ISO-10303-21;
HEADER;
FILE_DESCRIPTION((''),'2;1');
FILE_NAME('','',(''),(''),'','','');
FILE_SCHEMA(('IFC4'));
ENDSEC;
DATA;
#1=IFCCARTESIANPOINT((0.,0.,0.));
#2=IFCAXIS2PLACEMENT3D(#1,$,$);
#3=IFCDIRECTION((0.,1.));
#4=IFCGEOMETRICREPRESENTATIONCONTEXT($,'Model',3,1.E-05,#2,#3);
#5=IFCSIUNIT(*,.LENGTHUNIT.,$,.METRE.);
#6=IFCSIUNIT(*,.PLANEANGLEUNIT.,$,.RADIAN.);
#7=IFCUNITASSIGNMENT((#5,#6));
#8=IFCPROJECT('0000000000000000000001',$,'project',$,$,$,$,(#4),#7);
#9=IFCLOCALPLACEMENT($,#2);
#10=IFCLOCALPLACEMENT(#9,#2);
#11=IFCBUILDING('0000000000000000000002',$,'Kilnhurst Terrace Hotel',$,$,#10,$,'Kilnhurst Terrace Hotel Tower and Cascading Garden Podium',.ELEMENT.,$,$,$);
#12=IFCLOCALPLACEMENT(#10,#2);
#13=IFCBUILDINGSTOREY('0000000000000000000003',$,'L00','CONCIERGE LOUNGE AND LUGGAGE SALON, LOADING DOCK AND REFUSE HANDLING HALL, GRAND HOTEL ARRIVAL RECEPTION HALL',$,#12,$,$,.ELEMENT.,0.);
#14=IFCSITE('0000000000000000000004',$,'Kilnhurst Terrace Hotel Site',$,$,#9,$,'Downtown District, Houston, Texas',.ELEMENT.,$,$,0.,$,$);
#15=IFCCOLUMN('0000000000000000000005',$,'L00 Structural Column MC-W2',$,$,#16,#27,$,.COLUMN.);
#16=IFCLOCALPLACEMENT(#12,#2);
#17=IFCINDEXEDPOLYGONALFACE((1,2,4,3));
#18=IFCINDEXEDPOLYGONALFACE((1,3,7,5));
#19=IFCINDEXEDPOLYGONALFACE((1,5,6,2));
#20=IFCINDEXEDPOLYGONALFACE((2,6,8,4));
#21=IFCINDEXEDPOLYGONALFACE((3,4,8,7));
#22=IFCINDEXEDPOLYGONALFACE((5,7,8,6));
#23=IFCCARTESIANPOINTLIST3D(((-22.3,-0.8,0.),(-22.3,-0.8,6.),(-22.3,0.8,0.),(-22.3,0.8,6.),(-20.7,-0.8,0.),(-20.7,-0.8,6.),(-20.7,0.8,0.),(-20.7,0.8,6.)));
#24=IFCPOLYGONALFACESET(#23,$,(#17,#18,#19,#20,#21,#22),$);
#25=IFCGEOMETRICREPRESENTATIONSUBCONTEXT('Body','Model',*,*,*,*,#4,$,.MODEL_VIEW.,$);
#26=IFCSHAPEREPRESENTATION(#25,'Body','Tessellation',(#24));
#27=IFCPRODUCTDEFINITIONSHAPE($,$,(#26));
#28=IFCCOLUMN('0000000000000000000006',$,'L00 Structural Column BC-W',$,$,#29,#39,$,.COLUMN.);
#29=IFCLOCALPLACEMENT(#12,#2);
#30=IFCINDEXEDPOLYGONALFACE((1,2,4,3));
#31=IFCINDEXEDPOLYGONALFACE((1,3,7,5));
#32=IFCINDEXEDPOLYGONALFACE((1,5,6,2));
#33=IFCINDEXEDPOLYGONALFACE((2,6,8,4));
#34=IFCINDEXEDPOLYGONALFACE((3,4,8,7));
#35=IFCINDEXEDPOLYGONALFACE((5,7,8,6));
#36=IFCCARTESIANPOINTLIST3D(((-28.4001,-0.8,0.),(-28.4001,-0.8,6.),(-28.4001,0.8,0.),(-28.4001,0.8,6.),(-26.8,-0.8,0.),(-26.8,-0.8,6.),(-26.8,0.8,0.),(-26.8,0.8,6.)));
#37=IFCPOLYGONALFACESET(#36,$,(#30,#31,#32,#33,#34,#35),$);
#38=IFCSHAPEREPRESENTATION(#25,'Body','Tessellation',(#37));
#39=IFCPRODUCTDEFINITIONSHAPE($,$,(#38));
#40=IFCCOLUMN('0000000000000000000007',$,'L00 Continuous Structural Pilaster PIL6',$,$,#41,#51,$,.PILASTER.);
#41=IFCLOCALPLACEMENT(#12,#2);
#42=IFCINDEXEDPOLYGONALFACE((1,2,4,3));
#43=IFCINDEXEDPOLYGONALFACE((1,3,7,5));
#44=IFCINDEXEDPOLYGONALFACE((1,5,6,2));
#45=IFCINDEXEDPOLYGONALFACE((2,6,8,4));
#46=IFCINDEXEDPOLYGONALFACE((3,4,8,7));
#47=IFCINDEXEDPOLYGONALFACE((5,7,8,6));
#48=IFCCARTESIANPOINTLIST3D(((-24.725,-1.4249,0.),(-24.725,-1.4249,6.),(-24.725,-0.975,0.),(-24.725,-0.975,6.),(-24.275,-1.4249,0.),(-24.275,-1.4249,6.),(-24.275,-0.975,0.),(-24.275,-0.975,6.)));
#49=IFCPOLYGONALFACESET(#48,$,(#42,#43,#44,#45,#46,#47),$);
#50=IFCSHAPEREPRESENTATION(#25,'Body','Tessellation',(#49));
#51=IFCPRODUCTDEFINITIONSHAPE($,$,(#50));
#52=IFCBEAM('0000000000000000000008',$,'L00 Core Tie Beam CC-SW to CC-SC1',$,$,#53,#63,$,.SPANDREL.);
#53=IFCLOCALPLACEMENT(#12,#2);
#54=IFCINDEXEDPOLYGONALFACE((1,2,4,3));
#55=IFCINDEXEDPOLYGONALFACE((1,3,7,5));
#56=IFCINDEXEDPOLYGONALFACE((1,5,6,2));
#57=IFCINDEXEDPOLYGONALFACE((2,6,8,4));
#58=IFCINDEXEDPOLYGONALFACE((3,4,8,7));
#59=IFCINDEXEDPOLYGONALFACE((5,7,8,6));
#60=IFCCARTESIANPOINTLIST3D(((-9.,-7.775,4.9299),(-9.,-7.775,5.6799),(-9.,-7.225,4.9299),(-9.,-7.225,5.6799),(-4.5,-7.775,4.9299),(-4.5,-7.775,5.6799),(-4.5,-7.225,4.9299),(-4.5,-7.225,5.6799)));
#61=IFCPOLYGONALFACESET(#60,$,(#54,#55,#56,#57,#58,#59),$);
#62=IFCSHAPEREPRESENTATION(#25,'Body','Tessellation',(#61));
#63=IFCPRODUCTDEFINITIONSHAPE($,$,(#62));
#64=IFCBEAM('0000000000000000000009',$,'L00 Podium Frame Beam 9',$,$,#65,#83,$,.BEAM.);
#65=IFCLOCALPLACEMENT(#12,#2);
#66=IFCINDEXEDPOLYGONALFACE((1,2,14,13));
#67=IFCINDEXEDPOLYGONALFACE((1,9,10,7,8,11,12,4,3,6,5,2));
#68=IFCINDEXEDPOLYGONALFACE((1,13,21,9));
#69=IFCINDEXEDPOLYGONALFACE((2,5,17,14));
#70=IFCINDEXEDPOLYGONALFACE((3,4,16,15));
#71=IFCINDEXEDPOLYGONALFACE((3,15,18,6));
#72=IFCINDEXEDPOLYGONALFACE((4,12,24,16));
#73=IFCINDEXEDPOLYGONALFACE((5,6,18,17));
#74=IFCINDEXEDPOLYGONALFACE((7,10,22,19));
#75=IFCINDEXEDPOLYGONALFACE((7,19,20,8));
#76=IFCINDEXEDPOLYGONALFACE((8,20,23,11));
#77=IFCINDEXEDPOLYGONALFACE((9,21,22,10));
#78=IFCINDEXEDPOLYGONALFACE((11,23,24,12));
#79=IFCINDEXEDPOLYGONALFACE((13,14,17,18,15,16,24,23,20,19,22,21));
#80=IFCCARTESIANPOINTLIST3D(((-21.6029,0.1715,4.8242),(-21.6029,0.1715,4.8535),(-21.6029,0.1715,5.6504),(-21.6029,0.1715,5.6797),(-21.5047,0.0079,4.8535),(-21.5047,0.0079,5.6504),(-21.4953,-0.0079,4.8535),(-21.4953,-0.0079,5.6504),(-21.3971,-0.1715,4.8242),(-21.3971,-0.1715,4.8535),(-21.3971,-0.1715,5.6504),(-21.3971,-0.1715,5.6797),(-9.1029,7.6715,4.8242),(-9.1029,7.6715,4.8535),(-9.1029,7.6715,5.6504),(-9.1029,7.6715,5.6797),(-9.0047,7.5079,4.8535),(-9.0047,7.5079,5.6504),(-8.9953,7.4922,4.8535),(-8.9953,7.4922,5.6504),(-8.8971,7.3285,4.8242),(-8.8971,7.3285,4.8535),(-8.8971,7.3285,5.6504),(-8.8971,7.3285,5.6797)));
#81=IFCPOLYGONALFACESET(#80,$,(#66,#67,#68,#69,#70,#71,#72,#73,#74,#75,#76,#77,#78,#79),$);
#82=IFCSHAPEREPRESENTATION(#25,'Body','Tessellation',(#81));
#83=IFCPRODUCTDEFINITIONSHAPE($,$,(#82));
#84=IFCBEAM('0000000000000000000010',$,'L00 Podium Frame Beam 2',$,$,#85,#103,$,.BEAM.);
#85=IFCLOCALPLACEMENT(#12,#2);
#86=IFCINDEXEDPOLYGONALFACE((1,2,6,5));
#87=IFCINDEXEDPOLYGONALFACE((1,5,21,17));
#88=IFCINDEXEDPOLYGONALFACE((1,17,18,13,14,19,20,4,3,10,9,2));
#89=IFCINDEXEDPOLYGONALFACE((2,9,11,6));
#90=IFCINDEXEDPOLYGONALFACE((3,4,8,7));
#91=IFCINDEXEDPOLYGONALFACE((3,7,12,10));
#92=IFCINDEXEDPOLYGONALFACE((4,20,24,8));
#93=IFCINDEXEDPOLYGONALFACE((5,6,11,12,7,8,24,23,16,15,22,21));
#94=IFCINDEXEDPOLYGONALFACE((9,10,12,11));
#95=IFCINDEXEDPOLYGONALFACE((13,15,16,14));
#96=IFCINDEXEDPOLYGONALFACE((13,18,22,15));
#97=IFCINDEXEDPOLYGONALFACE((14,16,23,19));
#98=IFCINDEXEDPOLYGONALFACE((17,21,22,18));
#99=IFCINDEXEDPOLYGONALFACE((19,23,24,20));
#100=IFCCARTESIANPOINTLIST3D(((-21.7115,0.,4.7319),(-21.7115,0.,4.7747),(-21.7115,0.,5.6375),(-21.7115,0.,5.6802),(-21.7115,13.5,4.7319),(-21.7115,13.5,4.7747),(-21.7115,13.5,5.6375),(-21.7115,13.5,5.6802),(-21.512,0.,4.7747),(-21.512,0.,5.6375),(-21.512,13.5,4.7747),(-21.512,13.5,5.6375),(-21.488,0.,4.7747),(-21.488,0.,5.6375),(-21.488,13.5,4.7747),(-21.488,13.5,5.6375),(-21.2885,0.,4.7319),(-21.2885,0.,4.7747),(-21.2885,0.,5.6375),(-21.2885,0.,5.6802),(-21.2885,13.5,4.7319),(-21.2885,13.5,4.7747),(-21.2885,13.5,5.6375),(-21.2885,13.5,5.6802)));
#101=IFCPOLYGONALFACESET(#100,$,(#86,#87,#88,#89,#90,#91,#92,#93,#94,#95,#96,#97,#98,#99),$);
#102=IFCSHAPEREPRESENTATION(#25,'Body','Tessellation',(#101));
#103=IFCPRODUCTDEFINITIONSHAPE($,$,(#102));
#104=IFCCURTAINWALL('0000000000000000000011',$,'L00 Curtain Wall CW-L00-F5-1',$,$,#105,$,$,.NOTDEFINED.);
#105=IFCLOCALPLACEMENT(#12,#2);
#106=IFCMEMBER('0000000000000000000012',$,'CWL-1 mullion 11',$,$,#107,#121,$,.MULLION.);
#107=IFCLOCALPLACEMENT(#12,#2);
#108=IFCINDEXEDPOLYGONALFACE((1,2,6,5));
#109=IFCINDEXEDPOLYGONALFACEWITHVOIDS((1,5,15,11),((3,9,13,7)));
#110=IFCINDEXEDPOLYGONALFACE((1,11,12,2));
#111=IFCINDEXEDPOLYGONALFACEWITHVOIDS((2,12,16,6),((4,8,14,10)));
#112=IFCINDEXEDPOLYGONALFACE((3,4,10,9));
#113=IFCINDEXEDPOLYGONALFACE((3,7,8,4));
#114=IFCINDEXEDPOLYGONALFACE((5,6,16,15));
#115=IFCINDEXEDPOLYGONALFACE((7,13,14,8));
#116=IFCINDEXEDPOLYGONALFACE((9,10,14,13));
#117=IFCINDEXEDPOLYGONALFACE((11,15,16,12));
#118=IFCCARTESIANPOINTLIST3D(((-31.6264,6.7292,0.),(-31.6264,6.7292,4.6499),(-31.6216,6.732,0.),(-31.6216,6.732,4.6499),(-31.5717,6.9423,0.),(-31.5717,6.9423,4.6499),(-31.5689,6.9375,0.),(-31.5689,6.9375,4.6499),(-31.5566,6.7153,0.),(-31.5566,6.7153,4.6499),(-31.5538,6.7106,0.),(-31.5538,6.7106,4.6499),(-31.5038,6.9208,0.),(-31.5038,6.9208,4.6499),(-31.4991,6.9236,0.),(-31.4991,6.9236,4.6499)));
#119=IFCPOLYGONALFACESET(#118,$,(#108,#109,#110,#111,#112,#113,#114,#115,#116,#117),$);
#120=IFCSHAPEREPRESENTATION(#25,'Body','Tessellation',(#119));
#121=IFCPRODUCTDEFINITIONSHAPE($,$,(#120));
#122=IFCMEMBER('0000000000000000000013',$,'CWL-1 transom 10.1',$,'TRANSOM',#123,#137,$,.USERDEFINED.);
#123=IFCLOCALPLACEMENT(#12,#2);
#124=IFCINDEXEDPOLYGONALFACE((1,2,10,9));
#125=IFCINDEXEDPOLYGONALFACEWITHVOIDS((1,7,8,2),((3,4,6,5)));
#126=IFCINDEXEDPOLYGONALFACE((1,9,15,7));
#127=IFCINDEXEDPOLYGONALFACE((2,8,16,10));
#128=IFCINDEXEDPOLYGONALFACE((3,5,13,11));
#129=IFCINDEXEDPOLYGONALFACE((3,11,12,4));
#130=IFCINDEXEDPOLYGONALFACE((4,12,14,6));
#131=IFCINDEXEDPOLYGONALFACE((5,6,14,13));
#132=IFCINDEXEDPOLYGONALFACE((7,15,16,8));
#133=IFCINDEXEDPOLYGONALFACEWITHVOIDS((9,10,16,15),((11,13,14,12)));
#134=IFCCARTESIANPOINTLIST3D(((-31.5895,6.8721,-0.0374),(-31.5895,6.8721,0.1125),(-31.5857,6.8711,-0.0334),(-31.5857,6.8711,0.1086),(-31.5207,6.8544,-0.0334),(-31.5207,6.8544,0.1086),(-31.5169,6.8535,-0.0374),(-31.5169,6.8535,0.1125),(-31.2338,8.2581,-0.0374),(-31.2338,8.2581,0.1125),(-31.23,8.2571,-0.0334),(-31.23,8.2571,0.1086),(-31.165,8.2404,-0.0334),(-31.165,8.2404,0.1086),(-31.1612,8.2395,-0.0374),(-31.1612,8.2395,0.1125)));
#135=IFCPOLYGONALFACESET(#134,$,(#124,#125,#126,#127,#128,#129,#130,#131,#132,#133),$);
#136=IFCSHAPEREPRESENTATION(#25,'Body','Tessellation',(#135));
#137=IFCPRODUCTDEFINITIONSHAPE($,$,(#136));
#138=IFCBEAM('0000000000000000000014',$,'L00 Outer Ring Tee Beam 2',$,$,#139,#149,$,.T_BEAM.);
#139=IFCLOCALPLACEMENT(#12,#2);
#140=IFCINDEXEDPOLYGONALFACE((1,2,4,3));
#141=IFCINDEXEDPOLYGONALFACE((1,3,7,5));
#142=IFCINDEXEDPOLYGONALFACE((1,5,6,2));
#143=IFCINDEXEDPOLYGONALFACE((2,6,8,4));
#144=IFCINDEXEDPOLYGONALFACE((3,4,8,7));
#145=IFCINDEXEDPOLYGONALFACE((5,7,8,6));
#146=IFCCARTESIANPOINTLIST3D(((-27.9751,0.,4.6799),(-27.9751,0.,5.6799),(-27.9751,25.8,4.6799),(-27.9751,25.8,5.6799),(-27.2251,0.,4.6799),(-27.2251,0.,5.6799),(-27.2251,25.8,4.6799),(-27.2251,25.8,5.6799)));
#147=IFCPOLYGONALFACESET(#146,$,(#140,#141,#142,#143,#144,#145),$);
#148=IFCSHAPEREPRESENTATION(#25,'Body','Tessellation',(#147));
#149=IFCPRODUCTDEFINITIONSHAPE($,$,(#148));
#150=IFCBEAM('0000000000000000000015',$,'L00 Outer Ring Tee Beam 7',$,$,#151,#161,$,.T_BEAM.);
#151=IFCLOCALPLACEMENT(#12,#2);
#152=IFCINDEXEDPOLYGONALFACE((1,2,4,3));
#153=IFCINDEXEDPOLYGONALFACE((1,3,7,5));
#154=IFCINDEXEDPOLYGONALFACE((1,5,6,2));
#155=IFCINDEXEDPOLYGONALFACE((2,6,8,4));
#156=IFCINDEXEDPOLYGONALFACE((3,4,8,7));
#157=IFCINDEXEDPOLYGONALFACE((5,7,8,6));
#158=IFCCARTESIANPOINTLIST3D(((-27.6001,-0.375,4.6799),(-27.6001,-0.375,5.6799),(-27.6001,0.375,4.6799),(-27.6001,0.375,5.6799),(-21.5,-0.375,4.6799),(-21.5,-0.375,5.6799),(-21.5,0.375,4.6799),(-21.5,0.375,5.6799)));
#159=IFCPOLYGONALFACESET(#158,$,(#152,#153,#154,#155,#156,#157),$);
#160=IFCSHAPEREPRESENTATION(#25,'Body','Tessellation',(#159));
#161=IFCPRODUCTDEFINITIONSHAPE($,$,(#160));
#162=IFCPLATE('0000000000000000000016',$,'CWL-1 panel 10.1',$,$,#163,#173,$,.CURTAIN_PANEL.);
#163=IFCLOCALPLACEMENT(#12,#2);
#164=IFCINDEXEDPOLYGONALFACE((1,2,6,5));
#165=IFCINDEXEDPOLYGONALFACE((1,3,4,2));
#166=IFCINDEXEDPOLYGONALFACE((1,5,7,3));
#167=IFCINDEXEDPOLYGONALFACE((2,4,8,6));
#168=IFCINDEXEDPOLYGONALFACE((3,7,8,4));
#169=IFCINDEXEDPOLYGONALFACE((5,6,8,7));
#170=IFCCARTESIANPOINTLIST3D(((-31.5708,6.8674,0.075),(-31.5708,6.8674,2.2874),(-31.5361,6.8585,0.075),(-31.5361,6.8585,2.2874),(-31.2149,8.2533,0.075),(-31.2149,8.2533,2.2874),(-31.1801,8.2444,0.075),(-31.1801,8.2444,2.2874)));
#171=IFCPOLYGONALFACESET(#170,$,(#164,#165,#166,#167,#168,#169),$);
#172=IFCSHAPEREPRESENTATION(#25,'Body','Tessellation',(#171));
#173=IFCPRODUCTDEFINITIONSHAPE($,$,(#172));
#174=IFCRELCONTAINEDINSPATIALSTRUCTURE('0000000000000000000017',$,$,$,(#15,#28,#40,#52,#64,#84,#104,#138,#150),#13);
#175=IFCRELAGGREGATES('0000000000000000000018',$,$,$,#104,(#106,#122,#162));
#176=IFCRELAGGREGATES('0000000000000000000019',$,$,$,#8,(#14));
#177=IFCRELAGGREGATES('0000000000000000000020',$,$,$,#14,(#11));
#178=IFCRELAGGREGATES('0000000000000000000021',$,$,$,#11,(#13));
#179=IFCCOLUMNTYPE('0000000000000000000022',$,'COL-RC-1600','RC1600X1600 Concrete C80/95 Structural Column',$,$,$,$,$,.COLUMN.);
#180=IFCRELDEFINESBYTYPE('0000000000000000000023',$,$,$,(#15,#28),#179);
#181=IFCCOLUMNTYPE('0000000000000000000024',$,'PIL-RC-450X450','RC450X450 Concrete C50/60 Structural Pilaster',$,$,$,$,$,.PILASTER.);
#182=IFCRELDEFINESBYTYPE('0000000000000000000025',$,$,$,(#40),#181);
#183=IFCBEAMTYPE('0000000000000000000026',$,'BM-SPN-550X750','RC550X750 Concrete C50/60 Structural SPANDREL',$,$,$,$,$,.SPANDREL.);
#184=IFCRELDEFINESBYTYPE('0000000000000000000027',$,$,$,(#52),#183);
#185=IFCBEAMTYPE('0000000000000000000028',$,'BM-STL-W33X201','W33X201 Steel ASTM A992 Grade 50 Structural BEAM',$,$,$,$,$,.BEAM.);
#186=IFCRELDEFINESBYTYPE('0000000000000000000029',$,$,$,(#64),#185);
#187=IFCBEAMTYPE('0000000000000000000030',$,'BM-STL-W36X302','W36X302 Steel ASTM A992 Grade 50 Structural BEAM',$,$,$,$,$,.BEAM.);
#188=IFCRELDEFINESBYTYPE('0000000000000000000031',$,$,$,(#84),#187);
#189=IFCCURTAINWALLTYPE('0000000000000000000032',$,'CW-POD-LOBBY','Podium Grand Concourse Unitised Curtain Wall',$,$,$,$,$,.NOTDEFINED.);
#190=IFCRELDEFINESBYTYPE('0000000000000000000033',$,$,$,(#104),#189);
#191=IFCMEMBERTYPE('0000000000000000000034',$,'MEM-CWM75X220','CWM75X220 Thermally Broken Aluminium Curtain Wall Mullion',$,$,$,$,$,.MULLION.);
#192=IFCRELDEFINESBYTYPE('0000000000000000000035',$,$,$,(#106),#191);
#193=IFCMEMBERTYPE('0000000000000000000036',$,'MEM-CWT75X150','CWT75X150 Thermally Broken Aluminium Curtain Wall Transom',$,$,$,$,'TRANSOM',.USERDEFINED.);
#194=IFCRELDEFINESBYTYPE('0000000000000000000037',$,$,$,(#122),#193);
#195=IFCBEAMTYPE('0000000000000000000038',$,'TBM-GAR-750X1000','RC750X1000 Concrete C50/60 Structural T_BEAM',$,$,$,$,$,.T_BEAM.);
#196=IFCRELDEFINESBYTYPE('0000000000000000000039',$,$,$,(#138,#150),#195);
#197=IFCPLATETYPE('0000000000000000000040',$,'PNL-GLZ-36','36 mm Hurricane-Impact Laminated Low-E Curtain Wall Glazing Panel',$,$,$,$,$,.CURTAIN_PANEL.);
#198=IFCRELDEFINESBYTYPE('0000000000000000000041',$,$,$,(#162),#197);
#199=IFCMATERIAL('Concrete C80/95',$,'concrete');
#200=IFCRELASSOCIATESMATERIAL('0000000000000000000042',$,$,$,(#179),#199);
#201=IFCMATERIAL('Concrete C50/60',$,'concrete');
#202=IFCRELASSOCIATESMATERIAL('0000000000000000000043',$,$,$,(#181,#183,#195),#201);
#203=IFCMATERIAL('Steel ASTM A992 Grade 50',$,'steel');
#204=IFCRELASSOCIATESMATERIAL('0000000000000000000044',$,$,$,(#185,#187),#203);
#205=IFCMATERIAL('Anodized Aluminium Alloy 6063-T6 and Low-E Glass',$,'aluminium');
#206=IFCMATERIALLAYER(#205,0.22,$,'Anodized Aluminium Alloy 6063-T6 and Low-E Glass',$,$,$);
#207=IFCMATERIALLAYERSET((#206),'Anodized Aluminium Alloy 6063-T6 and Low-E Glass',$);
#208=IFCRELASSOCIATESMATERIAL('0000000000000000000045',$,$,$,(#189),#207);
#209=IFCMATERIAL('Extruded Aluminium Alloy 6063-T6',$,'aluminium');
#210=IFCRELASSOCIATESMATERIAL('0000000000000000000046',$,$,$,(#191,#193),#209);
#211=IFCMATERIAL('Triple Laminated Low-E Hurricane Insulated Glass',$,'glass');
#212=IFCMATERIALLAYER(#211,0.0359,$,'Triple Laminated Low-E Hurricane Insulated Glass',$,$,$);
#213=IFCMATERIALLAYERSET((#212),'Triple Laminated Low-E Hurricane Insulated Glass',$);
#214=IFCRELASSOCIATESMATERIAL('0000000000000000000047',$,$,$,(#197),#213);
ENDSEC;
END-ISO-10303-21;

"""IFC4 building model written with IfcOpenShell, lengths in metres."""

from ifc_helpers import new_model, si_unit, direction, frame, origin, origin_2d, place, context, subcontext, project, spatial, rectangle, hollow_rectangle, i_section, extrude, material, layer, layer_set, material_profile, profile_set, type_object, element, aggregate, save


model = new_model("IFC4")

# Units and contexts
model_context = context("Model", 3, precision=1e-05, world=origin(), true_north=direction((0.0, 1.0)))
body_context = subcontext(model_context, "Body", "Model", "MODEL_VIEW")
ifc_project = project(units=[si_unit("LENGTHUNIT", "METRE"), si_unit("PLANEANGLEUNIT", "RADIAN")], contexts=[model_context])

# Site, building, storey
site_placement = place(None, origin())
site = spatial("IfcSite", under=ifc_project, at=site_placement, Name="Kilnhurst Terrace Hotel Site", LongName="Downtown District, Houston, Texas", CompositionType="ELEMENT", RefElevation=0.0)
building_placement = place(site_placement, origin())
building = spatial("IfcBuilding", under=site, at=building_placement, Name="Kilnhurst Terrace Hotel", LongName="Kilnhurst Terrace Hotel Tower and Cascading Garden Podium", CompositionType="ELEMENT")
storey_placement = place(building_placement, origin())
storey = spatial("IfcBuildingStorey", under=building, at=storey_placement, Name="L00", Description="CONCIERGE LOUNGE AND LUGGAGE SALON, LOADING DOCK AND REFUSE HANDLING HALL, GRAND HOTEL ARRIVAL RECEPTION HALL", CompositionType="ELEMENT", Elevation=0.0)

# Columns
ifc_material_1 = material(Name="Concrete C80/95", Category="concrete")
ifc_material_profile_1 = material_profile(ifc_material_1, rectangle(XDim=1.6001, YDim=1.6001, at=origin_2d()), Name="RC1600X1600")
ifc_profile_set_1 = profile_set([ifc_material_profile_1], Name="Concrete C80/95")
column_type_1 = type_object("IfcColumnType", Name="COL-RC-1600", Description="RC1600X1600 Concrete C80/95 Structural Column", PredefinedType="COLUMN", material=ifc_profile_set_1)
for number, where, z_axis, x_axis, name in (
    (1, (-21.5, 0.0, 0.0), (0.0, 0.0, 1.0), (1.0, 0.0, 0.0), "L00 Structural Column MC-W2"),
    (2, (-27.6001, 0.0, 0.0), (0.0, 0.0, 1.0), (1.0, 0.0, 0.0), "L00 Structural Column BC-W"),
):
    element("IfcColumn", number, at=place(storey_placement, frame(where, z_axis=z_axis, x_axis=x_axis)), inside=storey, type_object=column_type_1, Name=name, PredefinedType="COLUMN", context=body_context, shape_type="SweptSolid", body=[
        extrude(rectangle(XDim=1.6001, YDim=1.6001, at=origin_2d()), origin(), (0.0, 0.0, 1.0), 6.0),
    ])
ifc_material_2 = material(Name="Concrete C50/60", Category="concrete")
ifc_material_profile_2 = material_profile(ifc_material_2, rectangle(XDim=0.45, YDim=0.45, at=origin_2d()), Name="RC450X450")
ifc_profile_set_2 = profile_set([ifc_material_profile_2], Name="Concrete C50/60")
column_type_2 = type_object("IfcColumnType", Name="PIL-RC-450X450", Description="RC450X450 Concrete C50/60 Structural Pilaster", PredefinedType="PILASTER", material=ifc_profile_set_2)
column_placement = place(storey_placement, frame((-24.5, -1.2, 0.0), z_axis=(0.0, 0.0, 1.0), x_axis=(1.0, 0.0, 0.0)))
element("IfcColumn", 3, at=column_placement, inside=storey, type_object=column_type_2, Name="L00 Continuous Structural Pilaster PIL6", PredefinedType="PILASTER", context=body_context, shape_type="SweptSolid", body=[
    extrude(rectangle(XDim=0.45, YDim=0.45, at=origin_2d()), origin(), (0.0, 0.0, 1.0), 6.0),
])

# Beams
ifc_material_profile_3 = material_profile(ifc_material_2, rectangle(XDim=0.55, YDim=0.75, at=origin_2d()), Name="RC550X750")
ifc_profile_set_3 = profile_set([ifc_material_profile_3], Name="Concrete C50/60")
beam_type_1 = type_object("IfcBeamType", Name="BM-SPN-550X750", Description="RC550X750 Concrete C50/60 Structural SPANDREL", PredefinedType="SPANDREL", material=ifc_profile_set_3)
beam_1_placement = place(storey_placement, frame((-9.0, -7.5, 5.3049), z_axis=(1.0, 0.0, 0.0), x_axis=(0.0, 1.0, 0.0)))
element("IfcBeam", 4, at=beam_1_placement, inside=storey, type_object=beam_type_1, Name="L00 Core Tie Beam CC-SW to CC-SC1", PredefinedType="SPANDREL", context=body_context, shape_type="SweptSolid", body=[
    extrude(rectangle(XDim=0.55, YDim=0.75, at=origin_2d()), origin(), (0.0, 0.0, 1.0), 4.5),
])
ifc_material_3 = material(Name="Steel ASTM A992 Grade 50", Category="steel")
ifc_material_profile_4 = material_profile(ifc_material_3, i_section(OverallWidth=0.3999, OverallDepth=0.8555, WebThickness=0.0183, FlangeThickness=0.0293, at=origin_2d()), Name="W33X201")
ifc_profile_set_4 = profile_set([ifc_material_profile_4], Name="Steel ASTM A992 Grade 50")
beam_type_2 = type_object("IfcBeamType", Name="BM-STL-W33X201", Description="W33X201 Steel ASTM A992 Grade 50 Structural BEAM", PredefinedType="BEAM", material=ifc_profile_set_4)
beam_2_placement = place(storey_placement, frame((-21.5, 0.0, 5.252), z_axis=(0.857493, 0.514496, 0.0), x_axis=(-0.514496, 0.857493, 0.0)))
element("IfcBeam", 5, at=beam_2_placement, inside=storey, type_object=beam_type_2, Name="L00 Podium Frame Beam 9", PredefinedType="BEAM", context=body_context, shape_type="SweptSolid", body=[
    extrude(i_section(OverallWidth=0.3999, OverallDepth=0.8555, WebThickness=0.0183, FlangeThickness=0.0293, at=origin_2d()), origin(), (0.0, 0.0, 1.0), 14.5774),
])
ifc_material_profile_5 = material_profile(ifc_material_3, i_section(OverallWidth=0.4231, OverallDepth=0.9482, WebThickness=0.0239, FlangeThickness=0.0427, at=origin_2d()), Name="W36X302")
ifc_profile_set_5 = profile_set([ifc_material_profile_5], Name="Steel ASTM A992 Grade 50")
beam_type_3 = type_object("IfcBeamType", Name="BM-STL-W36X302", Description="W36X302 Steel ASTM A992 Grade 50 Structural BEAM", PredefinedType="BEAM", material=ifc_profile_set_5)
beam_3_placement = place(storey_placement, frame((-21.5, 0.0, 5.2061), z_axis=(0.0, 1.0, 0.0), x_axis=(-1.0, 0.0, 0.0)))
element("IfcBeam", 6, at=beam_3_placement, inside=storey, type_object=beam_type_3, Name="L00 Podium Frame Beam 2", PredefinedType="BEAM", context=body_context, shape_type="SweptSolid", body=[
    extrude(i_section(OverallWidth=0.4231, OverallDepth=0.9482, WebThickness=0.0239, FlangeThickness=0.0427, at=origin_2d()), origin(), (0.0, 0.0, 1.0), 13.5),
])

# Curtain wall, members
ifc_material_4 = material(Name="Anodized Aluminium Alloy 6063-T6 and Low-E Glass", Category="aluminium")
ifc_layer_1 = layer(ifc_material_4, 0.22, Name="Anodized Aluminium Alloy 6063-T6 and Low-E Glass")
ifc_layer_set_1 = layer_set([ifc_layer_1], Name="Anodized Aluminium Alloy 6063-T6 and Low-E Glass")
curtain_wall_type = type_object("IfcCurtainWallType", Name="CW-POD-LOBBY", Description="Podium Grand Concourse Unitised Curtain Wall", PredefinedType="NOTDEFINED", material=ifc_layer_set_1)
curtain_wall_placement = place(storey_placement, origin())
curtain_wall = element("IfcCurtainWall", 7, at=curtain_wall_placement, inside=storey, type_object=curtain_wall_type, Name="L00 Curtain Wall CW-L00-F5-1", PredefinedType="NOTDEFINED")
ifc_material_5 = material(Name="Extruded Aluminium Alloy 6063-T6", Category="aluminium")
ifc_material_profile_6 = material_profile(ifc_material_5, hollow_rectangle(XDim=0.075, YDim=0.22, WallThickness=0.0039, at=origin_2d()), Name="CWM75X220")
ifc_profile_set_6 = profile_set([ifc_material_profile_6], Name="Extruded Aluminium Alloy 6063-T6")
member_type_1 = type_object("IfcMemberType", Name="MEM-CWM75X220", Description="CWM75X220 Thermally Broken Aluminium Curtain Wall Mullion", PredefinedType="MULLION", material=ifc_profile_set_6)
member_1_placement = place(storey_placement, frame((-31.5627, 6.8264, 0.0), z_axis=(0.0, 0.0, 1.0), x_axis=(0.96857, -0.24874, 0.0)))
member_1 = element("IfcMember", 8, at=member_1_placement, type_object=member_type_1, Name="CWL-1 mullion 11", PredefinedType="MULLION", context=body_context, shape_type="SweptSolid", body=[
    extrude(hollow_rectangle(XDim=0.075, YDim=0.22, WallThickness=0.0039, at=origin_2d()), origin(), (0.0, 0.0, 1.0), 4.6499),
])
ifc_material_profile_7 = material_profile(ifc_material_5, hollow_rectangle(XDim=0.075, YDim=0.1499, WallThickness=0.0039, at=origin_2d()), Name="CWT75X150")
ifc_profile_set_7 = profile_set([ifc_material_profile_7], Name="Extruded Aluminium Alloy 6063-T6")
member_type_2 = type_object("IfcMemberType", Name="MEM-CWT75X150", Description="CWT75X150 Thermally Broken Aluminium Curtain Wall Transom", ElementType="TRANSOM", PredefinedType="USERDEFINED", material=ifc_profile_set_7)
member_2_placement = place(storey_placement, frame((-31.1975, 8.2488, 0.0376), z_axis=(-0.248593, -0.968608, 0.0), x_axis=(0.968608, -0.248593, 0.0)))
member_2 = element("IfcMember", 9, at=member_2_placement, type_object=member_type_2, Name="CWL-1 transom 10.1", ObjectType="TRANSOM", PredefinedType="USERDEFINED", context=body_context, shape_type="SweptSolid", body=[
    extrude(hollow_rectangle(XDim=0.075, YDim=0.1499, WallThickness=0.0039, at=origin_2d()), origin(), (0.0, 0.0, 1.0), 1.4309),
])

# Beams
ifc_material_profile_8 = material_profile(ifc_material_2, rectangle(XDim=0.75, YDim=1.0, at=origin_2d()), Name="RC750X1000")
ifc_profile_set_8 = profile_set([ifc_material_profile_8], Name="Concrete C50/60")
beam_type_4 = type_object("IfcBeamType", Name="TBM-GAR-750X1000", Description="RC750X1000 Concrete C50/60 Structural T_BEAM", PredefinedType="T_BEAM", material=ifc_profile_set_8)
beam_4_placement = place(storey_placement, frame((-27.6001, 0.0, 5.1799), z_axis=(0.0, 1.0, 0.0), x_axis=(-1.0, 0.0, 0.0)))
element("IfcBeam", 10, at=beam_4_placement, inside=storey, type_object=beam_type_4, Name="L00 Outer Ring Tee Beam 2", PredefinedType="T_BEAM", context=body_context, shape_type="SweptSolid", body=[
    extrude(rectangle(XDim=0.75, YDim=1.0, at=origin_2d()), origin(), (0.0, 0.0, 1.0), 25.8),
])
beam_5_placement = place(storey_placement, frame((-27.6001, 0.0, 5.1799), z_axis=(1.0, 0.0, 0.0), x_axis=(0.0, 1.0, 0.0)))
element("IfcBeam", 11, at=beam_5_placement, inside=storey, type_object=beam_type_4, Name="L00 Outer Ring Tee Beam 7", PredefinedType="T_BEAM", context=body_context, shape_type="SweptSolid", body=[
    extrude(rectangle(XDim=0.75, YDim=1.0, at=origin_2d()), origin(), (0.0, 0.0, 1.0), 6.1001),
])

# Plate
ifc_material_6 = material(Name="Triple Laminated Low-E Hurricane Insulated Glass", Category="glass")
ifc_layer_2 = layer(ifc_material_6, 0.0359, Name="Triple Laminated Low-E Hurricane Insulated Glass")
ifc_layer_set_2 = layer_set([ifc_layer_2], Name="Triple Laminated Low-E Hurricane Insulated Glass")
plate_type = type_object("IfcPlateType", Name="PNL-GLZ-36", Description="36 mm Hurricane-Impact Laminated Low-E Curtain Wall Glazing Panel", PredefinedType="CURTAIN_PANEL", material=ifc_layer_set_2)
plate_1_placement = place(storey_placement, frame((-31.3755, 7.5559, 0.075), z_axis=(0.0, 0.0, 1.0), x_axis=(-0.24874, -0.96857, 0.0)))
plate_1 = element("IfcPlate", 12, at=plate_1_placement, type_object=plate_type, Name="CWL-1 panel 10.1", PredefinedType="CURTAIN_PANEL", context=body_context, shape_type="SweptSolid", body=[
    extrude(rectangle(XDim=1.4309, YDim=0.0359, at=origin_2d()), origin(), (0.0, 0.0, 1.0), 2.2124),
])
aggregate(curtain_wall, [member_1, member_2, plate_1])

save(model, "model.ifc")
